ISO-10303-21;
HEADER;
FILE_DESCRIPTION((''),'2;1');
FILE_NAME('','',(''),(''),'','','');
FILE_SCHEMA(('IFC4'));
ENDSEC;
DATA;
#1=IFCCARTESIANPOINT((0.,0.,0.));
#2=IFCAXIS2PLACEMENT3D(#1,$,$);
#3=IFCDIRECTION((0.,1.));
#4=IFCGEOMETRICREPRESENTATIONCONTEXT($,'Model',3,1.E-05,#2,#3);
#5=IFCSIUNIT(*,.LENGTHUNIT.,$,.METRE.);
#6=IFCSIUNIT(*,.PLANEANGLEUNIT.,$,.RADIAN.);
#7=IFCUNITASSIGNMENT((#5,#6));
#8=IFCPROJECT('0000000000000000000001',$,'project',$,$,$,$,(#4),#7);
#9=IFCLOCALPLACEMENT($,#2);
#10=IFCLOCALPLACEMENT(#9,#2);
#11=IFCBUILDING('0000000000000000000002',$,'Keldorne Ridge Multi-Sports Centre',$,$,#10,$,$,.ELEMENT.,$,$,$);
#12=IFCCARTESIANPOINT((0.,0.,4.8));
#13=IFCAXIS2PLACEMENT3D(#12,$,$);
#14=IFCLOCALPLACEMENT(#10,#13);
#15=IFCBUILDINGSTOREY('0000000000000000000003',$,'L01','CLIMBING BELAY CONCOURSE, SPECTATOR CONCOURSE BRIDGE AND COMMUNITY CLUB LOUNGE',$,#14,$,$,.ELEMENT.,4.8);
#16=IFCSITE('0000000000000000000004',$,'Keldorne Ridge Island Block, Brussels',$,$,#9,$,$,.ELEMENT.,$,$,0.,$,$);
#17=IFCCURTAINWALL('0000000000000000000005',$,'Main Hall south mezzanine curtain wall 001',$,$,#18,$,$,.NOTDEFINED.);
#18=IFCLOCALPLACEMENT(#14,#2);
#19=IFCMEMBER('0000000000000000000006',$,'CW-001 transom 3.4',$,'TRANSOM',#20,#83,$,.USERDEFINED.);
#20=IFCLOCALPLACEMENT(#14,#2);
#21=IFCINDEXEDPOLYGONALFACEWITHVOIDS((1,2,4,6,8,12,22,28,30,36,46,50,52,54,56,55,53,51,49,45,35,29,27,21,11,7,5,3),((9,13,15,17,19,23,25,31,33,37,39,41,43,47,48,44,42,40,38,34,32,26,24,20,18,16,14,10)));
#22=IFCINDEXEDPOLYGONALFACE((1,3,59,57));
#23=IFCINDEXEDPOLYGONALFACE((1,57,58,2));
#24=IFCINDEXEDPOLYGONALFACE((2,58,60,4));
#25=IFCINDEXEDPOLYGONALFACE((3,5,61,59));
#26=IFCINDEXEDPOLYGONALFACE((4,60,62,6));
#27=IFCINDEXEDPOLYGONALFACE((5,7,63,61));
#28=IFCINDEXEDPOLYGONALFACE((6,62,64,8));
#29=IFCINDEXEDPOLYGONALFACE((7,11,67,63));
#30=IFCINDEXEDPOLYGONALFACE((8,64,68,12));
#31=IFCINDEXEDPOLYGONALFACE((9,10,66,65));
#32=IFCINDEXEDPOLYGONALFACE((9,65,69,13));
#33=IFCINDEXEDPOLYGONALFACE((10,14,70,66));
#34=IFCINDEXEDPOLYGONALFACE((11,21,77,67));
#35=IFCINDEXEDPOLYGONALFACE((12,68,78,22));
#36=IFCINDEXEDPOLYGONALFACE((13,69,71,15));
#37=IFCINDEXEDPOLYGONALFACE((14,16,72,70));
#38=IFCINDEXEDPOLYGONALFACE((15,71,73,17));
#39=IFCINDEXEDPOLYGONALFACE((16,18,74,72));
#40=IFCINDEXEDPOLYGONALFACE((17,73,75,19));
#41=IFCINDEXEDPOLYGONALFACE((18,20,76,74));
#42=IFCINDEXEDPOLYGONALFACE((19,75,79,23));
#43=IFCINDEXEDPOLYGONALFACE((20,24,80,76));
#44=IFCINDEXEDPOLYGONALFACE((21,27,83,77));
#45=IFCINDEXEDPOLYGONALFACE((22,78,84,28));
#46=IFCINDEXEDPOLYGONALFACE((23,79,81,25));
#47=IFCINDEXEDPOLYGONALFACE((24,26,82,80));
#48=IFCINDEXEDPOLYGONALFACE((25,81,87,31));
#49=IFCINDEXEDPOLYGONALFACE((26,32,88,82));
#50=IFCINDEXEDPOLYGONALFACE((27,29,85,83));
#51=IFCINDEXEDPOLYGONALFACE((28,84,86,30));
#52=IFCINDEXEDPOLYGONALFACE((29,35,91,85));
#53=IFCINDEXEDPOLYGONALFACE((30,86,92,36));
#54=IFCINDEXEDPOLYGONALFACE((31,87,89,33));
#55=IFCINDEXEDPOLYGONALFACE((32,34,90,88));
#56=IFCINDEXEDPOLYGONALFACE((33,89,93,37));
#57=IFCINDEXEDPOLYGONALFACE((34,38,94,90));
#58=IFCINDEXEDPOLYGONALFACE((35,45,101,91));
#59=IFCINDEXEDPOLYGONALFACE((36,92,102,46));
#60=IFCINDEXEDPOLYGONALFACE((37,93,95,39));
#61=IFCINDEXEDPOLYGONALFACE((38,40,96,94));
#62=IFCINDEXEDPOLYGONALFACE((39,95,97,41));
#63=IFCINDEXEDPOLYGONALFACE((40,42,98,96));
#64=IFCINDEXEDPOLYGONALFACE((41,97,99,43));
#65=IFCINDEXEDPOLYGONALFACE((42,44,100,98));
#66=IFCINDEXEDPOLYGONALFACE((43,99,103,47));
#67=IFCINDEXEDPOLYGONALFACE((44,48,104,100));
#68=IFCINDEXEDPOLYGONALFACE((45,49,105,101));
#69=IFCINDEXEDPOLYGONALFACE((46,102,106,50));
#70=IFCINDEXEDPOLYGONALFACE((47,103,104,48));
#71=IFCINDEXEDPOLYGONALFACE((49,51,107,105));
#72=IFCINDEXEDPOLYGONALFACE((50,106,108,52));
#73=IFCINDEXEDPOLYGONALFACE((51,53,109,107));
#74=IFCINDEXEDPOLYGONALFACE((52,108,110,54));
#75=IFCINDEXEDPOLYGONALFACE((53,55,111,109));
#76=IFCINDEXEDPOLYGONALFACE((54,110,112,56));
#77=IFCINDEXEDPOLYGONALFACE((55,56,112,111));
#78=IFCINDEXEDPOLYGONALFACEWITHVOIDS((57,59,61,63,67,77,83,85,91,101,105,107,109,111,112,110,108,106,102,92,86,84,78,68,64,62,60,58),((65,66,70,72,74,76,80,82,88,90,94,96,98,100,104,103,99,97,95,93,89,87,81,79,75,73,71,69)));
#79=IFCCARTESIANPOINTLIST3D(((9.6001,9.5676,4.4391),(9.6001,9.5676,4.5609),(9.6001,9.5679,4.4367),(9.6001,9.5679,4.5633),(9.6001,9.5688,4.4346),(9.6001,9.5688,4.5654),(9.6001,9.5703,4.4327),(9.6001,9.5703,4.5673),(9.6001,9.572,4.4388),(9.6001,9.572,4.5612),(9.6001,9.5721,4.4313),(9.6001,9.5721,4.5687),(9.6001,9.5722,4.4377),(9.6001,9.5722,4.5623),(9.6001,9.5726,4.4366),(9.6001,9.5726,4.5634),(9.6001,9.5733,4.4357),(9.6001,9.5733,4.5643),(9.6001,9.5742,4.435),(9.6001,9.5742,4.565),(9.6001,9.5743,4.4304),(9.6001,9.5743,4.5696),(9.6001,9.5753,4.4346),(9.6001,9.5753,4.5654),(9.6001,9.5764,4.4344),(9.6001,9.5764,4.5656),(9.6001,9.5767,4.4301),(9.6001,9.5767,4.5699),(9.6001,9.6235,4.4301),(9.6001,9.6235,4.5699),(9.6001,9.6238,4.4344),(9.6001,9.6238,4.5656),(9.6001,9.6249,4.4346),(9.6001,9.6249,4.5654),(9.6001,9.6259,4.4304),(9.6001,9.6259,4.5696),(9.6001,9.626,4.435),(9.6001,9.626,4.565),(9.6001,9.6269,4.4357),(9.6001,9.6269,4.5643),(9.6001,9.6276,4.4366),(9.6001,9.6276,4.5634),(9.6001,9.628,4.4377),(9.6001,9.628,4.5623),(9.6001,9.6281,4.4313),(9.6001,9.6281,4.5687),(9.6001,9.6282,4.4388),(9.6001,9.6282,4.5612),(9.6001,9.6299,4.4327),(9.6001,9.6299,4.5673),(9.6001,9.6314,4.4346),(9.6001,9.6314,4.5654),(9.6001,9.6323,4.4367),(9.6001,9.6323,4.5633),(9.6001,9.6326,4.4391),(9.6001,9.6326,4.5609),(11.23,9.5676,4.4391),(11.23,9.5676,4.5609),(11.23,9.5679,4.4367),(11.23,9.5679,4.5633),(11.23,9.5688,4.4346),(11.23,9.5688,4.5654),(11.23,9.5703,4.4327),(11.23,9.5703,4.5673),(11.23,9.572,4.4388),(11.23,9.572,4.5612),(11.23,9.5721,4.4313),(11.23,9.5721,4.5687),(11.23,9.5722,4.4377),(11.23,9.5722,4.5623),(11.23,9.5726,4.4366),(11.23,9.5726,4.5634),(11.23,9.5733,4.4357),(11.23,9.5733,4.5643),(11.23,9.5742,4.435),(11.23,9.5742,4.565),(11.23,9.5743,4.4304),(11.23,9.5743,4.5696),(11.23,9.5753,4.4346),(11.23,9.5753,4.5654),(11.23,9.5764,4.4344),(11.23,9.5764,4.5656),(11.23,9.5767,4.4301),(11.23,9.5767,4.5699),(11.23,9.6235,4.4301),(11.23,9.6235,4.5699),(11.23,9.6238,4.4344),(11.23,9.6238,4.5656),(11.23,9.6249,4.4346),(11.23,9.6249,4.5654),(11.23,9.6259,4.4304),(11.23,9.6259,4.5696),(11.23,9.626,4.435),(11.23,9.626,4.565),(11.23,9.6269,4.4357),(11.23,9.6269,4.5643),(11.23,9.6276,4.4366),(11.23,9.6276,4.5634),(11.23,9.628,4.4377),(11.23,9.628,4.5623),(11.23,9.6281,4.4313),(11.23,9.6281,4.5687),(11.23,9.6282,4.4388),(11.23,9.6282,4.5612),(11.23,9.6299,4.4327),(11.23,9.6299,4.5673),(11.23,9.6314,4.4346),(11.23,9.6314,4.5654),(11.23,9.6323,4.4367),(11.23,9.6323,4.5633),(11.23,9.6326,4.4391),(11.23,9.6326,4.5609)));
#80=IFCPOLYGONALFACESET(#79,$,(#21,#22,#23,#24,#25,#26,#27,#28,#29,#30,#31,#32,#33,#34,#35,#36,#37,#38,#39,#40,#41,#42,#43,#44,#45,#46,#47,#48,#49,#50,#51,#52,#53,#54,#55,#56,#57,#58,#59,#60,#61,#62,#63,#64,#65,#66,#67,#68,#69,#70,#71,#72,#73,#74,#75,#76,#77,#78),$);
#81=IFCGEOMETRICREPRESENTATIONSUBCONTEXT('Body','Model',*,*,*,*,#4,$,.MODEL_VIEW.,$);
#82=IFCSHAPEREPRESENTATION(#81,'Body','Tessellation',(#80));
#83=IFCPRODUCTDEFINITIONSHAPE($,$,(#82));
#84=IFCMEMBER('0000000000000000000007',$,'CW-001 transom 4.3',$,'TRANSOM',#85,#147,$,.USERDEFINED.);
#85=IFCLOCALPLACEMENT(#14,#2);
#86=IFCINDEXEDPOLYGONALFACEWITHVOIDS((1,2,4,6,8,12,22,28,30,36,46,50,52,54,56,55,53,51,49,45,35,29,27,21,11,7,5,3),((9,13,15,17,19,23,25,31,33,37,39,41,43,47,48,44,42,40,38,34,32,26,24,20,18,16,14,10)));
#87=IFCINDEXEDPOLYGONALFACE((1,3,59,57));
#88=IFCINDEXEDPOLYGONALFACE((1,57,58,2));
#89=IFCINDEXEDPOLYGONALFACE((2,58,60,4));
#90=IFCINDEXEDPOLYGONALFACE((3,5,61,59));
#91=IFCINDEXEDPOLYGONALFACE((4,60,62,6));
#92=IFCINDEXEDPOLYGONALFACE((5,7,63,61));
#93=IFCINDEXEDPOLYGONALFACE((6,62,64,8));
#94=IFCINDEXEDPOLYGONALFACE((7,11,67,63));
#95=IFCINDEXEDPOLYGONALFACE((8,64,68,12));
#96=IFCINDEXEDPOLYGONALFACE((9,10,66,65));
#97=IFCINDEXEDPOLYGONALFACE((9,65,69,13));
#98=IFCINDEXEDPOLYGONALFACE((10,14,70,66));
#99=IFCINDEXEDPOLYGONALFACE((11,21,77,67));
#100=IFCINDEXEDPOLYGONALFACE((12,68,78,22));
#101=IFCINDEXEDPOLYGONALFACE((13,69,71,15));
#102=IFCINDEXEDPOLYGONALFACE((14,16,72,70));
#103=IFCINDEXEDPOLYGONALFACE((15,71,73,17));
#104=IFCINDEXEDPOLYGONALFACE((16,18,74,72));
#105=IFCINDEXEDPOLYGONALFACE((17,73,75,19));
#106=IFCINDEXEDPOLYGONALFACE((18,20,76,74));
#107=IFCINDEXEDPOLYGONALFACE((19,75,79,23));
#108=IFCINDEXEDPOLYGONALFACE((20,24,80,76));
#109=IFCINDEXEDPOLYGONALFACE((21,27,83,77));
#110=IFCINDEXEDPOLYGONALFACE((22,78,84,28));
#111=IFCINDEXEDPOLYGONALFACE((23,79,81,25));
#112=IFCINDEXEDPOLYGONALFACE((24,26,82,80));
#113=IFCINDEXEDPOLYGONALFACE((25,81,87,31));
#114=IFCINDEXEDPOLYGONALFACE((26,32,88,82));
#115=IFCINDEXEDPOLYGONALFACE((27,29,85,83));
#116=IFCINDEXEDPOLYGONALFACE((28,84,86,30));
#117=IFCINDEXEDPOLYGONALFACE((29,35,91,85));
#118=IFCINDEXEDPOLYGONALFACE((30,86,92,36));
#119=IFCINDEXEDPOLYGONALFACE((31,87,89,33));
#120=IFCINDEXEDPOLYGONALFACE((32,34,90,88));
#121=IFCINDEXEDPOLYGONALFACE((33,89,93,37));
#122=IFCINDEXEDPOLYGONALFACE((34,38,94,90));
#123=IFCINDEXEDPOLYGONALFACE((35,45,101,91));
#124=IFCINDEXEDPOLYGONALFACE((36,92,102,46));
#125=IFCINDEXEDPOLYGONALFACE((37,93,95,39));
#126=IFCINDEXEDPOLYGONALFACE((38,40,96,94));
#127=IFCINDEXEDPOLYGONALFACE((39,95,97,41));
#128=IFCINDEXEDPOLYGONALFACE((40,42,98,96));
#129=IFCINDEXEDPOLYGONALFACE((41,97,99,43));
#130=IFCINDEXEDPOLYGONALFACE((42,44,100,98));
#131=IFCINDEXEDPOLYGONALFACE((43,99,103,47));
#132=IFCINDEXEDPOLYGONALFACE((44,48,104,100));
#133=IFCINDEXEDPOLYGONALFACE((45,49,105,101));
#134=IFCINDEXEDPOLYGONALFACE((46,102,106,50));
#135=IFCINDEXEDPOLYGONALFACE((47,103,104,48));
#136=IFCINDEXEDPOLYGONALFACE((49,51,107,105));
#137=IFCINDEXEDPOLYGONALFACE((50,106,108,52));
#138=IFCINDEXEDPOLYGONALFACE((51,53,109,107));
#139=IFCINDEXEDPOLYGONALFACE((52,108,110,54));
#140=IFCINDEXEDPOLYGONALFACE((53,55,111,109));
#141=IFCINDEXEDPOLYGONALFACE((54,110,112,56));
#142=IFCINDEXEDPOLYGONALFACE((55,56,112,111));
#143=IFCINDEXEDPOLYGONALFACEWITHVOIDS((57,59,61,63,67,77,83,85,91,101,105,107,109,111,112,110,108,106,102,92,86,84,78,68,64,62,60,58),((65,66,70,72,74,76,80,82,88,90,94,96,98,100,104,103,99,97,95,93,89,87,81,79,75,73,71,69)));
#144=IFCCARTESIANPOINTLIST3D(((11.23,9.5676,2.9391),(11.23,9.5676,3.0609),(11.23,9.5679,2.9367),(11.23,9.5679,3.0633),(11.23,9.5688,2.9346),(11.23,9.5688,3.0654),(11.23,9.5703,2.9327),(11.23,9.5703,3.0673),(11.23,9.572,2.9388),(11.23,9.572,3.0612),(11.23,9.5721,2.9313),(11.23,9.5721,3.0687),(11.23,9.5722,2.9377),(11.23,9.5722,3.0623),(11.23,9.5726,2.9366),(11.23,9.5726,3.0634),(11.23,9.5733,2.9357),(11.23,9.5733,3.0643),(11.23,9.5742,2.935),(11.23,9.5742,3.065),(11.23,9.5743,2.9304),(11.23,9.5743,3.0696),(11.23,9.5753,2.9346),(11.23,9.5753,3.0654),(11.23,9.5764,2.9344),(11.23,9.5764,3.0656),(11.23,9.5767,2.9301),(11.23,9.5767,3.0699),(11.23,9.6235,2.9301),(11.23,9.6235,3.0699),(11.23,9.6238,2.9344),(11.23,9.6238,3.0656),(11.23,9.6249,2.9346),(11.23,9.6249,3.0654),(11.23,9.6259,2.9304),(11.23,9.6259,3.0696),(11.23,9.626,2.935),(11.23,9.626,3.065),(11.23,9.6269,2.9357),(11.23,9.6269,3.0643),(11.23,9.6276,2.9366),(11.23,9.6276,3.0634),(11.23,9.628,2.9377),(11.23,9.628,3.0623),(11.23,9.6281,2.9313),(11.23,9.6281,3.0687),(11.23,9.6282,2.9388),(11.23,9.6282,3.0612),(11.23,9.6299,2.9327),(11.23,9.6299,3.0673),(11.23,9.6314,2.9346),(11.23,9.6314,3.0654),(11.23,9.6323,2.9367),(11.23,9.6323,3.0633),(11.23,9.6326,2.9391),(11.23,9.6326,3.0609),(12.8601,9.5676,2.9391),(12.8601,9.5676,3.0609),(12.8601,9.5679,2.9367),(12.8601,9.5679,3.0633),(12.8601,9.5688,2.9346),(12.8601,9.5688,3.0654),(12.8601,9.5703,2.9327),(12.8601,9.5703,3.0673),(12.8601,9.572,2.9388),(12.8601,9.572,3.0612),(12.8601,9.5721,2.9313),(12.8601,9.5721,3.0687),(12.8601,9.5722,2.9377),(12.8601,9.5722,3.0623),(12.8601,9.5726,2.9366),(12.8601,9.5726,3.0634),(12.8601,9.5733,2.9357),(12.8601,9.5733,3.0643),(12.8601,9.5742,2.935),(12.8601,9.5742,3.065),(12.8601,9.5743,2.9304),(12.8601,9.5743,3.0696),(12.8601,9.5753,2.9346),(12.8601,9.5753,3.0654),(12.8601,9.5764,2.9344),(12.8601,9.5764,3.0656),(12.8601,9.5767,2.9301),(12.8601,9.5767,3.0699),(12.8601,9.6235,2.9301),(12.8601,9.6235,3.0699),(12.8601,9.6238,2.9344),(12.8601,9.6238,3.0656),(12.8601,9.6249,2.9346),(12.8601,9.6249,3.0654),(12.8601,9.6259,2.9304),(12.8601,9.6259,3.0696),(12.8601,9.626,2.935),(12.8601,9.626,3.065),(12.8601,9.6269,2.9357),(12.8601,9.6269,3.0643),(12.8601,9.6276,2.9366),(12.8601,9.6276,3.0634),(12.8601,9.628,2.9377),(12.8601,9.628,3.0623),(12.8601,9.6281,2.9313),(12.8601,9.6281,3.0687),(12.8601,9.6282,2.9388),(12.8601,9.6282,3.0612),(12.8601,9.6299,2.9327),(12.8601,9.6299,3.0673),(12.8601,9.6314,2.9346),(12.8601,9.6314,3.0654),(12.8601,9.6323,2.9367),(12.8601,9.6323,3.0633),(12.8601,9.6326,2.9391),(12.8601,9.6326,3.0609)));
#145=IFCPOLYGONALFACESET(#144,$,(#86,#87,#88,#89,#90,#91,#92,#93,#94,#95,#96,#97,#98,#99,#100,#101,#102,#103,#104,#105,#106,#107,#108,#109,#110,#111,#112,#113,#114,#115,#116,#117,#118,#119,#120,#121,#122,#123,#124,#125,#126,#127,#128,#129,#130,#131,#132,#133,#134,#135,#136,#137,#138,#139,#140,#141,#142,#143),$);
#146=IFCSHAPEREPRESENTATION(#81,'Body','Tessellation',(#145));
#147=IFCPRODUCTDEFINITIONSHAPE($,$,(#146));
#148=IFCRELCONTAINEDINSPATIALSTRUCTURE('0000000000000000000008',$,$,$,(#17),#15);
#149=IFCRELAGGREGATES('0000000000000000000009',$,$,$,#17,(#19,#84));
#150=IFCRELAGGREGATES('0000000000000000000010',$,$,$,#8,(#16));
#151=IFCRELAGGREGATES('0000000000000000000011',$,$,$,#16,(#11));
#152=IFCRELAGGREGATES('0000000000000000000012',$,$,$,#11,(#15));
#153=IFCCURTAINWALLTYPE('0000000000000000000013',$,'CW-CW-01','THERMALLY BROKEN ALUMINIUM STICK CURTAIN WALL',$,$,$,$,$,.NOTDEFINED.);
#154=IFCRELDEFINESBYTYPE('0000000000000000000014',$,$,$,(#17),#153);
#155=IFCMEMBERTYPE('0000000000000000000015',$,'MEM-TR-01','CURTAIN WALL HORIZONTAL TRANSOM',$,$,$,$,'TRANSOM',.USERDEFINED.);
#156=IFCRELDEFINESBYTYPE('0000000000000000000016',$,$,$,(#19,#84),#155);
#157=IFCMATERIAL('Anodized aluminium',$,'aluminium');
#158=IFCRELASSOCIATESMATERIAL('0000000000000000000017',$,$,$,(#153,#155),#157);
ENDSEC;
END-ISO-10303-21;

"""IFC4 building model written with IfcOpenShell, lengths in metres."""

from ifc_helpers import new_model, si_unit, direction, frame, origin, origin_2d, place, context, subcontext, project, spatial, hollow_rectangle, extrude, material, material_profile, profile_set, type_object, element, aggregate, save


model = new_model("IFC4")

# Units and contexts
model_context = context("Model", 3, precision=1e-05, world=origin(), true_north=direction((0.0, 1.0)))
body_context = subcontext(model_context, "Body", "Model", "MODEL_VIEW")
ifc_project = project(units=[si_unit("LENGTHUNIT", "METRE"), si_unit("PLANEANGLEUNIT", "RADIAN")], contexts=[model_context])

# Site, building, storey
site_placement = place(None, origin())
site = spatial("IfcSite", under=ifc_project, at=site_placement, Name="Keldorne Ridge Island Block, Brussels", CompositionType="ELEMENT", RefElevation=0.0)
building_placement = place(site_placement, origin())
building = spatial("IfcBuilding", under=site, at=building_placement, Name="Keldorne Ridge Multi-Sports Centre", CompositionType="ELEMENT")
storey_placement = place(building_placement, frame((0.0, 0.0, 4.8)))
storey = spatial("IfcBuildingStorey", under=building, at=storey_placement, Name="L01", Description="CLIMBING BELAY CONCOURSE, SPECTATOR CONCOURSE BRIDGE AND COMMUNITY CLUB LOUNGE", CompositionType="ELEMENT", Elevation=4.8)

# Curtain wall, members
ifc_material_1 = material(Name="Anodized aluminium", Category="aluminium")
curtain_wall_type = type_object("IfcCurtainWallType", Name="CW-CW-01", Description="THERMALLY BROKEN ALUMINIUM STICK CURTAIN WALL", PredefinedType="NOTDEFINED", material=ifc_material_1)
curtain_wall_placement = place(storey_placement, origin())
curtain_wall = element("IfcCurtainWall", 1, at=curtain_wall_placement, inside=storey, type_object=curtain_wall_type, Name="Main Hall south mezzanine curtain wall 001", PredefinedType="NOTDEFINED")
ifc_material_profile_1 = material_profile(ifc_material_1, hollow_rectangle(XDim=0.0649, YDim=0.1399, WallThickness=0.0044, InnerFilletRadius=0.0044, OuterFilletRadius=0.009, at=origin_2d()), Name="ALU TRANSOM 140x65x4.5")
ifc_profile_set_1 = profile_set([ifc_material_profile_1], Name="Anodized aluminium")
member_type = type_object("IfcMemberType", Name="MEM-TR-01", Description="CURTAIN WALL HORIZONTAL TRANSOM", ElementType="TRANSOM", PredefinedType="USERDEFINED", material=ifc_profile_set_1)
member_1_placement = place(storey_placement, frame((9.6001, 9.6001, 4.5), z_axis=(1.0, 0.0, 0.0), x_axis=(0.0, 1.0, 0.0)))
member_1 = element("IfcMember", 2, at=member_1_placement, type_object=member_type, Name="CW-001 transom 3.4", ObjectType="TRANSOM", PredefinedType="USERDEFINED", context=body_context, shape_type="SweptSolid", body=[
    extrude(hollow_rectangle(XDim=0.0649, YDim=0.1399, WallThickness=0.0044, InnerFilletRadius=0.0044, OuterFilletRadius=0.009, at=origin_2d()), origin(), (0.0, 0.0, 1.0), 1.6299),
])
member_2_placement = place(storey_placement, frame((11.23, 9.6001, 3.0), z_axis=(1.0, 0.0, 0.0), x_axis=(0.0, 1.0, 0.0)))
member_2 = element("IfcMember", 3, at=member_2_placement, type_object=member_type, Name="CW-001 transom 4.3", ObjectType="TRANSOM", PredefinedType="USERDEFINED", context=body_context, shape_type="SweptSolid", body=[
    extrude(hollow_rectangle(XDim=0.0649, YDim=0.1399, WallThickness=0.0044, InnerFilletRadius=0.0044, OuterFilletRadius=0.009, at=origin_2d()), origin(), (0.0, 0.0, 1.0), 1.6301),
])
aggregate(curtain_wall, [member_1, member_2])

save(model, "model.ifc")
